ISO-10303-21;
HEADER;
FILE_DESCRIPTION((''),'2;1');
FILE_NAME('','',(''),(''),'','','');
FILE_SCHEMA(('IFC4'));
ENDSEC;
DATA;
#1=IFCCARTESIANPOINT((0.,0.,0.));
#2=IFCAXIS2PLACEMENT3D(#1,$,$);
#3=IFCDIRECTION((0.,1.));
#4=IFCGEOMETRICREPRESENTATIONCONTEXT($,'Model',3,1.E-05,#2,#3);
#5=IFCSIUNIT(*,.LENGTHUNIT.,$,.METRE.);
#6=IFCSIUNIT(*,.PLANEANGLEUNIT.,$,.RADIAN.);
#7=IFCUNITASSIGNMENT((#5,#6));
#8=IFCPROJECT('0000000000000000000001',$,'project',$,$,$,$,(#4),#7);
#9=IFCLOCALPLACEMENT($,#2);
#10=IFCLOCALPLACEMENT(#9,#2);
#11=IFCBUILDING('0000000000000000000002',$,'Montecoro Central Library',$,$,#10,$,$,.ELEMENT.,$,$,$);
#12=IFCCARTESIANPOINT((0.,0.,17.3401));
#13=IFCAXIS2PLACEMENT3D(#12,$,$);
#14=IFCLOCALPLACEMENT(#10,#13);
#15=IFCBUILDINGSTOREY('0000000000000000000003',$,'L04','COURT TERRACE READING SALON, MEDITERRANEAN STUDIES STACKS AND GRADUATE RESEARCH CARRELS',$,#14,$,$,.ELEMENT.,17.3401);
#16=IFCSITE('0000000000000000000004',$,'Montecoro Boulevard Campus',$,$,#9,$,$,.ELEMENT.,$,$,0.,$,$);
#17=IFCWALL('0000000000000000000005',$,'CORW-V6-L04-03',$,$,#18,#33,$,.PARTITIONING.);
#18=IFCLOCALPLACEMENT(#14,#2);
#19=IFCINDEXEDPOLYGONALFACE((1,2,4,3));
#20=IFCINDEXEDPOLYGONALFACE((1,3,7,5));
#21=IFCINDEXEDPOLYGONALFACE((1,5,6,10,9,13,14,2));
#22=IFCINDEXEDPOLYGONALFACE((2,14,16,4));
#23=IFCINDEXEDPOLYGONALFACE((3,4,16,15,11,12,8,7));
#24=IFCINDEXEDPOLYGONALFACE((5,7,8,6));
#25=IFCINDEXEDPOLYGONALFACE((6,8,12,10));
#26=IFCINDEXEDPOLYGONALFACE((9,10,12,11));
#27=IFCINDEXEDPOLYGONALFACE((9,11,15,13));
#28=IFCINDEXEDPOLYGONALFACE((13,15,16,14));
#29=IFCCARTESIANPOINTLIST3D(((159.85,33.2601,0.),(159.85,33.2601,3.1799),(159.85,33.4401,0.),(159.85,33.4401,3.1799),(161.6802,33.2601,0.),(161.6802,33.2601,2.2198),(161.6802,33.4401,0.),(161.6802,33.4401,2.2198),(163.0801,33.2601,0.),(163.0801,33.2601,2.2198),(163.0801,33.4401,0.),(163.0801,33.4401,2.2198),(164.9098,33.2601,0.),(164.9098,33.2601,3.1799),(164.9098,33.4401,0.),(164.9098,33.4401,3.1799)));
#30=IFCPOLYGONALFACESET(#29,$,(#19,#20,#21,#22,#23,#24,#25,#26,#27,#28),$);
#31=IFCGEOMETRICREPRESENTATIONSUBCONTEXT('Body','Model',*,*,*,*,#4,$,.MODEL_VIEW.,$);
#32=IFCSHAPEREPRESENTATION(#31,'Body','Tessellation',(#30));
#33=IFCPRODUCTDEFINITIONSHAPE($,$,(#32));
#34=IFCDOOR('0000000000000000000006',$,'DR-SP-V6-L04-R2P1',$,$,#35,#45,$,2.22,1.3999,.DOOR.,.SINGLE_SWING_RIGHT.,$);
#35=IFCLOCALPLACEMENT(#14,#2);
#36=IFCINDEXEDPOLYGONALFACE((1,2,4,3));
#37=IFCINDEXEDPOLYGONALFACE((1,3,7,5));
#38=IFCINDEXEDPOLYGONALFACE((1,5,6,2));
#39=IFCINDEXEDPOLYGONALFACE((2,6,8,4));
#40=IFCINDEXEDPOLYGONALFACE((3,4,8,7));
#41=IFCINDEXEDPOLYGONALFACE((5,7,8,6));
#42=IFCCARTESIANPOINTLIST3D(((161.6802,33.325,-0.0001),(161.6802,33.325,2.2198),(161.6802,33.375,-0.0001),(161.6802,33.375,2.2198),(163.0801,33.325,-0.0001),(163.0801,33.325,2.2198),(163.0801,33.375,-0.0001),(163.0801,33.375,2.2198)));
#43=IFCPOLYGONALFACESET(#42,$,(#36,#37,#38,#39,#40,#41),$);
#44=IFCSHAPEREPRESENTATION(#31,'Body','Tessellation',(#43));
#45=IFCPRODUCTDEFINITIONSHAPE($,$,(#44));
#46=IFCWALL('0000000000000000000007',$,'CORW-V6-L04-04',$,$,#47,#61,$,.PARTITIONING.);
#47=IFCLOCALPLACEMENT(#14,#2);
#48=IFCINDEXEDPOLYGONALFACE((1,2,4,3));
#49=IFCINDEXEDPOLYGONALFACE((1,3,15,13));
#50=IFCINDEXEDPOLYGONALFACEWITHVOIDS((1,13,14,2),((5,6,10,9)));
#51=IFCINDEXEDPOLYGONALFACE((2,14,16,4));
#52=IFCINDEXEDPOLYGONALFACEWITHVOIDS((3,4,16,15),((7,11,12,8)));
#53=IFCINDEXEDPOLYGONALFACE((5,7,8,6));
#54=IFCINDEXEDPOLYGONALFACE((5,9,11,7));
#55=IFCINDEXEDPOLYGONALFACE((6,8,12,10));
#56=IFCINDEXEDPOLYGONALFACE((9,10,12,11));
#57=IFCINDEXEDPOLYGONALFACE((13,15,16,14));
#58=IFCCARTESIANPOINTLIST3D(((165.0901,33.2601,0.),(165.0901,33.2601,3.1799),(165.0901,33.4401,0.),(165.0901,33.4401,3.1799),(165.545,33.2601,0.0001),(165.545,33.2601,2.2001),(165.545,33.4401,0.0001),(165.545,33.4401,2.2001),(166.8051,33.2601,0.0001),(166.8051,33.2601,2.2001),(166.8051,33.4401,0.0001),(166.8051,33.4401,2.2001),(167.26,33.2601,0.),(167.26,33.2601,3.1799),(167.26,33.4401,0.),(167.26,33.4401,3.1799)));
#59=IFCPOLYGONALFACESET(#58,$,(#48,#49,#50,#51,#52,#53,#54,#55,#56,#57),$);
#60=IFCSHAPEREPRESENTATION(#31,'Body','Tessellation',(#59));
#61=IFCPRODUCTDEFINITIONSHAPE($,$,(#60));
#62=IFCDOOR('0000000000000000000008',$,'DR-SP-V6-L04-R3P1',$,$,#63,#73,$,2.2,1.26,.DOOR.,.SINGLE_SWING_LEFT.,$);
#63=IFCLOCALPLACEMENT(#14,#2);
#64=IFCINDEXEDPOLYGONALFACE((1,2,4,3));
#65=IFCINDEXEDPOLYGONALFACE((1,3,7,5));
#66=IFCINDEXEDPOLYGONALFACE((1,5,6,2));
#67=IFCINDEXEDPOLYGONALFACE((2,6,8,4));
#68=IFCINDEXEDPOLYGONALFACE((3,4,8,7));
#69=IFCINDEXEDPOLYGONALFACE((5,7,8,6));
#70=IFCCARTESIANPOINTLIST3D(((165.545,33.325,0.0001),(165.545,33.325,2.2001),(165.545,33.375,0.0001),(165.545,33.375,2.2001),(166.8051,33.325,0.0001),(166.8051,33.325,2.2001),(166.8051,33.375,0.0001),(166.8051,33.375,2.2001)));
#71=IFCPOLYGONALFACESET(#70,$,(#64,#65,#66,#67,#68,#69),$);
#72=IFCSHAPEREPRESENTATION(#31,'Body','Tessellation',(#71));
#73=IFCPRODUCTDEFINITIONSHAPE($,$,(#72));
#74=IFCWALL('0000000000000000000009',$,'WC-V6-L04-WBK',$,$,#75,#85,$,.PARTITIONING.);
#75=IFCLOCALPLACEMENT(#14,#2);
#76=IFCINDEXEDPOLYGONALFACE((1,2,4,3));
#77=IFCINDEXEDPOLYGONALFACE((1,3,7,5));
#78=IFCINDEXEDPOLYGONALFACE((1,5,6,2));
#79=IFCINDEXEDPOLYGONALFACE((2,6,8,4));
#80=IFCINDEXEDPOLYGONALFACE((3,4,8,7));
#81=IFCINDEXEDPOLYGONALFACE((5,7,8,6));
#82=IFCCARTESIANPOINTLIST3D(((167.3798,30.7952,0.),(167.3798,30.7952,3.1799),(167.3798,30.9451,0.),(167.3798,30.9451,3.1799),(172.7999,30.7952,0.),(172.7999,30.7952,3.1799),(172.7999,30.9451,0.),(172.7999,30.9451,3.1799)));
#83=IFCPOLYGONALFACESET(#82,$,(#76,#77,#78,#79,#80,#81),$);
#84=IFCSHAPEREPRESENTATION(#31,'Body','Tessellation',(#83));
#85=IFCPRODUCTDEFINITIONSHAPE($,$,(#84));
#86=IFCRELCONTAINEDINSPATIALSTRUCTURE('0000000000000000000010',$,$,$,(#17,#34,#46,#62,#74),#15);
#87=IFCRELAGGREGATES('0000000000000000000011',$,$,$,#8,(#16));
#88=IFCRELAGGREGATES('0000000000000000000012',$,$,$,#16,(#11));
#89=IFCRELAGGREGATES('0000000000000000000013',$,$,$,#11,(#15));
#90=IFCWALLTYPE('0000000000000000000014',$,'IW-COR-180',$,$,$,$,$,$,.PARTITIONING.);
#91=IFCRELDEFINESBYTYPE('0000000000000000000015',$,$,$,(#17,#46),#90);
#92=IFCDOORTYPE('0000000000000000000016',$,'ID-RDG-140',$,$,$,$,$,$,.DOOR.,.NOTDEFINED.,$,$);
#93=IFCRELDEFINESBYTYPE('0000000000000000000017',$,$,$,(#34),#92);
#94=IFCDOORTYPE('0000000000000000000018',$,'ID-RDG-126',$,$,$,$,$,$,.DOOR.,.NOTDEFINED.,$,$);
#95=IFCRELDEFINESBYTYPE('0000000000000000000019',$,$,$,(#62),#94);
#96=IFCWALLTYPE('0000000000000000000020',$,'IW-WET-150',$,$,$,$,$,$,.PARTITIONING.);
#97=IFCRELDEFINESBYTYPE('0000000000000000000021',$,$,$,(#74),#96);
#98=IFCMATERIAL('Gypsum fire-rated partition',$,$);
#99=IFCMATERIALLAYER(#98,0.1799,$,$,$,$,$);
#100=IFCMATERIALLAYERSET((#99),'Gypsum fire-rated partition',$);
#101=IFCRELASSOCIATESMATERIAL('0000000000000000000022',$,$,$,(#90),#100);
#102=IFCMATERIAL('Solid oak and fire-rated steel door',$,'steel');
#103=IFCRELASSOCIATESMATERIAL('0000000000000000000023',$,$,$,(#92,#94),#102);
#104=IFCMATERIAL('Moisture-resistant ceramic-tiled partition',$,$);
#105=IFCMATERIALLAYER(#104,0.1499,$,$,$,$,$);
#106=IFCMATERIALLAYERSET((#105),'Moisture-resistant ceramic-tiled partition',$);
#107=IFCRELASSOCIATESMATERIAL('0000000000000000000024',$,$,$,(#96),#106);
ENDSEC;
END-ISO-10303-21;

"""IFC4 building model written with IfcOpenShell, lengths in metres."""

from ifc_helpers import new_model, si_unit, direction, frame, frame_2d, origin, place, context, subcontext, project, spatial, rectangle, extrude, material, layer, layer_set, type_object, element, fill, save


model = new_model("IFC4")

# Units and contexts
model_context = context("Model", 3, precision=1e-05, world=origin(), true_north=direction((0.0, 1.0)))
body_context = subcontext(model_context, "Body", "Model", "MODEL_VIEW")
ifc_project = project(units=[si_unit("LENGTHUNIT", "METRE"), si_unit("PLANEANGLEUNIT", "RADIAN")], contexts=[model_context])

# Site, building, storey
site_placement = place(None, origin())
site = spatial("IfcSite", under=ifc_project, at=site_placement, Name="Montecoro Boulevard Campus", CompositionType="ELEMENT", RefElevation=0.0)
building_placement = place(site_placement, origin())
building = spatial("IfcBuilding", under=site, at=building_placement, Name="Montecoro Central Library", CompositionType="ELEMENT")
storey_placement = place(building_placement, frame((0.0, 0.0, 17.3401)))
storey = spatial("IfcBuildingStorey", under=building, at=storey_placement, Name="L04", Description="COURT TERRACE READING SALON, MEDITERRANEAN STUDIES STACKS AND GRADUATE RESEARCH CARRELS", CompositionType="ELEMENT", Elevation=17.3401)

# Walls, openings, doors
ifc_material_1 = material(Name="Gypsum fire-rated partition")
ifc_layer_1 = layer(ifc_material_1, 0.1799)
ifc_layer_set_1 = layer_set([ifc_layer_1], Name="Gypsum fire-rated partition")
wall_type_1 = type_object("IfcWallType", Name="IW-COR-180", PredefinedType="PARTITIONING", material=ifc_layer_set_1)
wall_1_placement = place(storey_placement, frame((159.8501, 33.3501, 0.0), z_axis=(0.0, 0.0, 1.0), x_axis=(1.0, 0.0, 0.0)))
wall_1 = element("IfcWall", 1, at=wall_1_placement, inside=storey, type_object=wall_type_1, Name="CORW-V6-L04-03", PredefinedType="PARTITIONING", context=body_context, shape_type="SweptSolid", body=[
    extrude(rectangle(XDim=5.0598, YDim=0.1799, at=frame_2d((2.5298, 0.0))), origin(), (0.0, 0.0, 1.0), 3.1799),
])
opening_1_placement = place(wall_1_placement, frame((1.8301, 0.0, 0.0)))
opening_1 = element("IfcOpeningElement", 2, at=opening_1_placement, cuts=wall_1, PredefinedType="OPENING", context=body_context, shape_type="SweptSolid", body=[
    extrude(rectangle(XDim=1.3999, YDim=2.22, at=frame_2d((0.7, 1.1099))), frame((0.0, 0.0999, 0.0), z_axis=(0.0, -1.0, 0.0), x_axis=(1.0, 0.0, 0.0)), (0.0, 0.0, 1.0), 0.2),
])
ifc_material_2 = material(Name="Solid oak and fire-rated steel door", Category="steel")
door_type_1 = type_object("IfcDoorType", Name="ID-RDG-140", OperationType="NOTDEFINED", PredefinedType="DOOR", material=ifc_material_2)
door_1_placement = place(opening_1_placement, origin())
door_1 = element("IfcDoor", 3, at=door_1_placement, inside=storey, type_object=door_type_1, Name="DR-SP-V6-L04-R2P1", OperationType="SINGLE_SWING_RIGHT", OverallHeight=2.22, OverallWidth=1.3999, PredefinedType="DOOR", context=body_context, shape_type="SweptSolid", body=[
    extrude(rectangle(XDim=1.3999, YDim=2.22, at=frame_2d((0.7, 1.1099))), frame((0.0, 0.0249, 0.0), z_axis=(0.0, -1.0, 0.0), x_axis=(1.0, 0.0, 0.0)), (0.0, 0.0, 1.0), 0.05),
])
fill(opening_1, door_1)
wall_2_placement = place(storey_placement, frame((165.0901, 33.3501, 0.0), z_axis=(0.0, 0.0, 1.0), x_axis=(1.0, 0.0, 0.0)))
wall_2 = element("IfcWall", 4, at=wall_2_placement, inside=storey, type_object=wall_type_1, Name="CORW-V6-L04-04", PredefinedType="PARTITIONING", context=body_context, shape_type="SweptSolid", body=[
    extrude(rectangle(XDim=2.1699, YDim=0.1799, at=frame_2d((1.085, 0.0))), origin(), (0.0, 0.0, 1.0), 3.1799),
])
opening_2_placement = place(wall_2_placement, frame((0.4551, 0.0, 0.0)))
opening_2 = element("IfcOpeningElement", 5, at=opening_2_placement, cuts=wall_2, PredefinedType="OPENING", context=body_context, shape_type="SweptSolid", body=[
    extrude(rectangle(XDim=1.26, YDim=2.2, at=frame_2d((0.6299, 1.1001))), frame((0.0, 0.0999, 0.0), z_axis=(0.0, -1.0, 0.0), x_axis=(1.0, 0.0, 0.0)), (0.0, 0.0, 1.0), 0.2),
])
door_type_2 = type_object("IfcDoorType", Name="ID-RDG-126", OperationType="NOTDEFINED", PredefinedType="DOOR", material=ifc_material_2)
door_2_placement = place(opening_2_placement, origin())
door_2 = element("IfcDoor", 6, at=door_2_placement, inside=storey, type_object=door_type_2, Name="DR-SP-V6-L04-R3P1", OperationType="SINGLE_SWING_LEFT", OverallHeight=2.2, OverallWidth=1.26, PredefinedType="DOOR", context=body_context, shape_type="SweptSolid", body=[
    extrude(rectangle(XDim=1.26, YDim=2.2, at=frame_2d((0.6299, 1.1001))), frame((0.0, 0.0249, 0.0), z_axis=(0.0, -1.0, 0.0), x_axis=(1.0, 0.0, 0.0)), (0.0, 0.0, 1.0), 0.05),
])
fill(opening_2, door_2)

# Wall
ifc_material_3 = material(Name="Moisture-resistant ceramic-tiled partition")
ifc_layer_2 = layer(ifc_material_3, 0.1499)
ifc_layer_set_2 = layer_set([ifc_layer_2], Name="Moisture-resistant ceramic-tiled partition")
wall_type_2 = type_object("IfcWallType", Name="IW-WET-150", PredefinedType="PARTITIONING", material=ifc_layer_set_2)
wall_3_placement = place(storey_placement, frame((167.3799, 30.8701, 0.0), z_axis=(0.0, 0.0, 1.0), x_axis=(1.0, 0.0, 0.0)))
element("IfcWall", 7, at=wall_3_placement, inside=storey, type_object=wall_type_2, Name="WC-V6-L04-WBK", PredefinedType="PARTITIONING", context=body_context, shape_type="SweptSolid", body=[
    extrude(rectangle(XDim=5.4202, YDim=0.1499, at=frame_2d((2.71, 0.0))), origin(), (0.0, 0.0, 1.0), 3.1799),
])

save(model, "model.ifc")
